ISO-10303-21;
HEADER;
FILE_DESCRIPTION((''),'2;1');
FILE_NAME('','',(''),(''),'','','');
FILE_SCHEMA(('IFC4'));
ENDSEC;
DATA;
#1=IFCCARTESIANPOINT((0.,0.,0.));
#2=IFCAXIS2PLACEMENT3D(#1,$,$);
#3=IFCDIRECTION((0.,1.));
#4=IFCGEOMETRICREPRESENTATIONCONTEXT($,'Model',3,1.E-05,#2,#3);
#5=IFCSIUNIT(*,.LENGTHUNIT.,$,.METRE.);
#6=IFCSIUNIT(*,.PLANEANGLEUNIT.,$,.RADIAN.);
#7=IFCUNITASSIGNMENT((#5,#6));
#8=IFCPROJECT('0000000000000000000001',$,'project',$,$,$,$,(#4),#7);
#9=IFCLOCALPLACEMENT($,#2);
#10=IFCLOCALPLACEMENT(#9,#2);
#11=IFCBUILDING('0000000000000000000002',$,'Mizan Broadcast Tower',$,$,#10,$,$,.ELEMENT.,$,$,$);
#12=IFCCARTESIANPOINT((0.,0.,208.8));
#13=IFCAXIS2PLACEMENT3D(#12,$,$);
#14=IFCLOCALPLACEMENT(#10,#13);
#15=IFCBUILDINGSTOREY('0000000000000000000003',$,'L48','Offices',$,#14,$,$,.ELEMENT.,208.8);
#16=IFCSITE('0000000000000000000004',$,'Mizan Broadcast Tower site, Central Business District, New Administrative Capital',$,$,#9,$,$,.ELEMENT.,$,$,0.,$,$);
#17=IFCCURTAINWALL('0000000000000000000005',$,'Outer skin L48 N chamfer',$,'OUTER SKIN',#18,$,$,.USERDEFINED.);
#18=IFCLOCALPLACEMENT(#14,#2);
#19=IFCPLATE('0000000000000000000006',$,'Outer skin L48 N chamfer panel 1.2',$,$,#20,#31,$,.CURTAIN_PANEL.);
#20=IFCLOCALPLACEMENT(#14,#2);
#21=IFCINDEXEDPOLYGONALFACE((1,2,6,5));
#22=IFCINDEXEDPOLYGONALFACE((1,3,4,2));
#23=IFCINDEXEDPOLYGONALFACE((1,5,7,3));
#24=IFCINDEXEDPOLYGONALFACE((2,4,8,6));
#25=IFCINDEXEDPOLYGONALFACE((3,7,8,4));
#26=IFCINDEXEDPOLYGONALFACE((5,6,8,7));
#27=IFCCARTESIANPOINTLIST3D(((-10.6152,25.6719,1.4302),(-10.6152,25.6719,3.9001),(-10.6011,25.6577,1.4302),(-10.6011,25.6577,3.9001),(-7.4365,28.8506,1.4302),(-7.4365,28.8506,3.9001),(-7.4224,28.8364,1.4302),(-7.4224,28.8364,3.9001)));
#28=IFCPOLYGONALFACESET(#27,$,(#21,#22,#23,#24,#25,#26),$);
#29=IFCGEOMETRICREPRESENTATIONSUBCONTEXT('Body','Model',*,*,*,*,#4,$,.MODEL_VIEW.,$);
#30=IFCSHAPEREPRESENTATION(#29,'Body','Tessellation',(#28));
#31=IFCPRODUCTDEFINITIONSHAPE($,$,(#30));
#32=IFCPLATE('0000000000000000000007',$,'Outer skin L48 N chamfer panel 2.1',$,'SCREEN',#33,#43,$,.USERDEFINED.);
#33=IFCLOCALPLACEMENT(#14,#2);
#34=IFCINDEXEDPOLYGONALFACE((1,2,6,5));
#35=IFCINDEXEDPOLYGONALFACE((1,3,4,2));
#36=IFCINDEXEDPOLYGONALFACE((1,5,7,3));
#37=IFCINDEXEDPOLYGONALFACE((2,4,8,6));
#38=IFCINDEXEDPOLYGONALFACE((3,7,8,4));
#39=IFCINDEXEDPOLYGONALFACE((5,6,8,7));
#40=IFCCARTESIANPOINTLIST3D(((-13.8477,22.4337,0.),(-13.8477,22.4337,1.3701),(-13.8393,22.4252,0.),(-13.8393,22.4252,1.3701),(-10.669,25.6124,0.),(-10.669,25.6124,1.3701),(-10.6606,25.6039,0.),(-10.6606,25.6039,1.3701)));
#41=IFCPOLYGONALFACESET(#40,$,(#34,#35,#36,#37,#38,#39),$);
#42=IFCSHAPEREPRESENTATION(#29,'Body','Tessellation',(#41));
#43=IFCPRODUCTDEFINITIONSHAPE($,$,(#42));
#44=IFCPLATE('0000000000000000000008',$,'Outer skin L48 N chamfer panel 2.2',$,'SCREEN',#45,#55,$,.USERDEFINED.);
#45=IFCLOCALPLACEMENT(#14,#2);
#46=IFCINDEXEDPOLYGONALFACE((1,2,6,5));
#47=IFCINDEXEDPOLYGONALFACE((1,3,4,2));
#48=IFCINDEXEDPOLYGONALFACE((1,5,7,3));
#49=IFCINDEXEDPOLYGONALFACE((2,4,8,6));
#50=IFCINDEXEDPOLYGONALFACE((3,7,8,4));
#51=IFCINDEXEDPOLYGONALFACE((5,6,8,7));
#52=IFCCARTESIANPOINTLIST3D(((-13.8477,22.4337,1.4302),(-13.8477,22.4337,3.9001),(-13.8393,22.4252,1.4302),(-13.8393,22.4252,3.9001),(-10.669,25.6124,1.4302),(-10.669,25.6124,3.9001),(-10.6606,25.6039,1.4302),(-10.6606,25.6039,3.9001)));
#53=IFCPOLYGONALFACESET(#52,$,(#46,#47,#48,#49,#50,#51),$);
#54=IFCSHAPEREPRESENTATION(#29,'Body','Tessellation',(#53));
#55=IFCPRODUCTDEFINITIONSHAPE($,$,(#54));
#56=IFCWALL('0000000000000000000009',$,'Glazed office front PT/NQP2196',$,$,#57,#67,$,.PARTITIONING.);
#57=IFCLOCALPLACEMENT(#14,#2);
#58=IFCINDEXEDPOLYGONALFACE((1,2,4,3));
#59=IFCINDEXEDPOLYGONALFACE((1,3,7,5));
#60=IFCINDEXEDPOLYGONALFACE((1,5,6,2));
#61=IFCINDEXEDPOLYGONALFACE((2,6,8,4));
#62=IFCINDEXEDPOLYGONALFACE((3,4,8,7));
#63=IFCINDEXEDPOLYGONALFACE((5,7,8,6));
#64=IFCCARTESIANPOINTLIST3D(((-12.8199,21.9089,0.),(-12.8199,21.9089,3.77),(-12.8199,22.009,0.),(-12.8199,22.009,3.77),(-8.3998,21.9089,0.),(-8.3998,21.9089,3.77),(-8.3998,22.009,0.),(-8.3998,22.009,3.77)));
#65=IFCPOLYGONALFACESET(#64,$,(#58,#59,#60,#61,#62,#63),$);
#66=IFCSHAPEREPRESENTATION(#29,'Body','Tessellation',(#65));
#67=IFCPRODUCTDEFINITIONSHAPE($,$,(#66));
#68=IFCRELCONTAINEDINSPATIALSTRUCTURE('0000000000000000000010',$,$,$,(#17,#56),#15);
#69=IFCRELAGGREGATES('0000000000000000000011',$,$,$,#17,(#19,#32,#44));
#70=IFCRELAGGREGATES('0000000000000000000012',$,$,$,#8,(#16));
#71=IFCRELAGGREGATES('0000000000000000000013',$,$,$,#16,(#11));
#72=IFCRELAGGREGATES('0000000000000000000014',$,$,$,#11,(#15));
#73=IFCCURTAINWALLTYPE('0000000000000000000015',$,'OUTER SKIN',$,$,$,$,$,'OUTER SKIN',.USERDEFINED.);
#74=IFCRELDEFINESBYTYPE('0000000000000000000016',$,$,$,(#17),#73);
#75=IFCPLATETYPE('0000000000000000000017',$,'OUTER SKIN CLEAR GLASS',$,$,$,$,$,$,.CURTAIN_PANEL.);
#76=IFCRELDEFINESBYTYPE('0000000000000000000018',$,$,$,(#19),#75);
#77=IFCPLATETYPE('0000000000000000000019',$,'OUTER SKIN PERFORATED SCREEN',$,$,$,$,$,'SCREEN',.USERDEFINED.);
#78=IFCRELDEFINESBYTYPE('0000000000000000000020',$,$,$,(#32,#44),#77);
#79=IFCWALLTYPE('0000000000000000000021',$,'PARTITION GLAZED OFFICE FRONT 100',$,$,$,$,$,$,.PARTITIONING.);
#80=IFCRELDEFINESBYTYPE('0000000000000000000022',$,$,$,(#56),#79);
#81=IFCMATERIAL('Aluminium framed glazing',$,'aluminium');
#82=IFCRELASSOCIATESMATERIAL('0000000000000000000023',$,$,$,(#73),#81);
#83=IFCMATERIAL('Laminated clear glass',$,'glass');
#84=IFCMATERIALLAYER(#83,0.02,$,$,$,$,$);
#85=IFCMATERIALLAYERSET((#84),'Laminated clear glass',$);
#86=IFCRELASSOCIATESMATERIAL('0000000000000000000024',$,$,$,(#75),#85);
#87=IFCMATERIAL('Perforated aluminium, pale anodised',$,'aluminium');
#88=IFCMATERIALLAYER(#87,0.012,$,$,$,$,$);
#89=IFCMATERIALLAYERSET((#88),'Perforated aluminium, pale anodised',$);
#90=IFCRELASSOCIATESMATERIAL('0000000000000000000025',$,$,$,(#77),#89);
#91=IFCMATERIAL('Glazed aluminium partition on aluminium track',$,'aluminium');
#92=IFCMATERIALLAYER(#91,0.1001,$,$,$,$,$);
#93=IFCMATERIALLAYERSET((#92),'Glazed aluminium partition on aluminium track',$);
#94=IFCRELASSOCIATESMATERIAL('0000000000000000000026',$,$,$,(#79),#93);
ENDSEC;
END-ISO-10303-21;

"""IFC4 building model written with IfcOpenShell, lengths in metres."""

from ifc_helpers import new_model, si_unit, direction, frame, frame_2d, origin, origin_2d, place, context, subcontext, project, spatial, rectangle, extrude, material, layer, layer_set, type_object, element, aggregate, save


model = new_model("IFC4")

# Units and contexts
model_context = context("Model", 3, precision=1e-05, world=origin(), true_north=direction((0.0, 1.0)))
body_context = subcontext(model_context, "Body", "Model", "MODEL_VIEW")
ifc_project = project(units=[si_unit("LENGTHUNIT", "METRE"), si_unit("PLANEANGLEUNIT", "RADIAN")], contexts=[model_context])

# Site, building, storey
site_placement = place(None, origin())
site = spatial("IfcSite", under=ifc_project, at=site_placement, Name="Mizan Broadcast Tower site, Central Business District, New Administrative Capital", CompositionType="ELEMENT", RefElevation=0.0)
building_placement = place(site_placement, origin())
building = spatial("IfcBuilding", under=site, at=building_placement, Name="Mizan Broadcast Tower", CompositionType="ELEMENT")
storey_placement = place(building_placement, frame((0.0, 0.0, 208.8)))
storey = spatial("IfcBuildingStorey", under=building, at=storey_placement, Name="L48", Description="Offices", CompositionType="ELEMENT", Elevation=208.8)

# Curtain wall
ifc_material_1 = material(Name="Aluminium framed glazing", Category="aluminium")
curtain_wall_type_1 = type_object("IfcCurtainWallType", Name="OUTER SKIN", ElementType="OUTER SKIN", PredefinedType="USERDEFINED", material=ifc_material_1)
curtain_wall_1_placement = place(storey_placement, origin())
curtain_wall_1 = element("IfcCurtainWall", 1, at=curtain_wall_1_placement, inside=storey, type_object=curtain_wall_type_1, Name="Outer skin L48 N chamfer", ObjectType="OUTER SKIN", PredefinedType="USERDEFINED")

# Plates
ifc_material_2 = material(Name="Laminated clear glass", Category="glass")
ifc_layer_1 = layer(ifc_material_2, 0.02)
ifc_layer_set_1 = layer_set([ifc_layer_1], Name="Laminated clear glass")
plate_type_1 = type_object("IfcPlateType", Name="OUTER SKIN CLEAR GLASS", PredefinedType="CURTAIN_PANEL", material=ifc_layer_set_1)
plate_1_placement = place(storey_placement, frame((-9.0188, 27.2542, 1.4302), z_axis=(0.0, 0.0, 1.0), x_axis=(-0.707107, -0.707107, 0.0)))
plate_1 = element("IfcPlate", 2, at=plate_1_placement, type_object=plate_type_1, Name="Outer skin L48 N chamfer panel 1.2", PredefinedType="CURTAIN_PANEL", context=body_context, shape_type="SweptSolid", body=[
    extrude(rectangle(XDim=4.4954, YDim=0.02, at=origin_2d()), origin(), (0.0, 0.0, 1.0), 2.47),
])
ifc_material_3 = material(Name="Perforated aluminium, pale anodised", Category="aluminium")
ifc_layer_2 = layer(ifc_material_3, 0.012)
ifc_layer_set_2 = layer_set([ifc_layer_2], Name="Perforated aluminium, pale anodised")
plate_type_2 = type_object("IfcPlateType", Name="OUTER SKIN PERFORATED SCREEN", ElementType="SCREEN", PredefinedType="USERDEFINED", material=ifc_layer_set_2)
plate_2_placement = place(storey_placement, frame((-12.2542, 24.0188, 0.0), z_axis=(0.0, 0.0, 1.0), x_axis=(-0.707107, -0.707107, 0.0)))
plate_2 = element("IfcPlate", 3, at=plate_2_placement, type_object=plate_type_2, Name="Outer skin L48 N chamfer panel 2.1", ObjectType="SCREEN", PredefinedType="USERDEFINED", context=body_context, shape_type="SweptSolid", body=[
    extrude(rectangle(XDim=4.4954, YDim=0.012, at=origin_2d()), origin(), (0.0, 0.0, 1.0), 1.3701),
])
plate_3_placement = place(storey_placement, frame((-12.2542, 24.0188, 1.4302), z_axis=(0.0, 0.0, 1.0), x_axis=(-0.707107, -0.707107, 0.0)))
plate_3 = element("IfcPlate", 4, at=plate_3_placement, type_object=plate_type_2, Name="Outer skin L48 N chamfer panel 2.2", ObjectType="SCREEN", PredefinedType="USERDEFINED", context=body_context, shape_type="SweptSolid", body=[
    extrude(rectangle(XDim=4.4954, YDim=0.012, at=origin_2d()), origin(), (0.0, 0.0, 1.0), 2.47),
])
aggregate(curtain_wall_1, [plate_1, plate_2, plate_3])

# Wall
ifc_material_4 = material(Name="Glazed aluminium partition on aluminium track", Category="aluminium")
ifc_layer_3 = layer(ifc_material_4, 0.1001)
ifc_layer_set_3 = layer_set([ifc_layer_3], Name="Glazed aluminium partition on aluminium track")
wall_type = type_object("IfcWallType", Name="PARTITION GLAZED OFFICE FRONT 100", PredefinedType="PARTITIONING", material=ifc_layer_set_3)
wall_placement = place(storey_placement, frame((-8.3999, 21.959, 0.0), z_axis=(0.0, 0.0, 1.0), x_axis=(-1.0, 0.0, 0.0)))
element("IfcWall", 5, at=wall_placement, inside=storey, type_object=wall_type, Name="Glazed office front PT/NQP2196", PredefinedType="PARTITIONING", context=body_context, shape_type="SweptSolid", body=[
    extrude(rectangle(XDim=4.4202, YDim=0.1001, at=frame_2d((2.21, 0.0))), origin(), (0.0, 0.0, 1.0), 3.77),
])

save(model, "model.ifc")
